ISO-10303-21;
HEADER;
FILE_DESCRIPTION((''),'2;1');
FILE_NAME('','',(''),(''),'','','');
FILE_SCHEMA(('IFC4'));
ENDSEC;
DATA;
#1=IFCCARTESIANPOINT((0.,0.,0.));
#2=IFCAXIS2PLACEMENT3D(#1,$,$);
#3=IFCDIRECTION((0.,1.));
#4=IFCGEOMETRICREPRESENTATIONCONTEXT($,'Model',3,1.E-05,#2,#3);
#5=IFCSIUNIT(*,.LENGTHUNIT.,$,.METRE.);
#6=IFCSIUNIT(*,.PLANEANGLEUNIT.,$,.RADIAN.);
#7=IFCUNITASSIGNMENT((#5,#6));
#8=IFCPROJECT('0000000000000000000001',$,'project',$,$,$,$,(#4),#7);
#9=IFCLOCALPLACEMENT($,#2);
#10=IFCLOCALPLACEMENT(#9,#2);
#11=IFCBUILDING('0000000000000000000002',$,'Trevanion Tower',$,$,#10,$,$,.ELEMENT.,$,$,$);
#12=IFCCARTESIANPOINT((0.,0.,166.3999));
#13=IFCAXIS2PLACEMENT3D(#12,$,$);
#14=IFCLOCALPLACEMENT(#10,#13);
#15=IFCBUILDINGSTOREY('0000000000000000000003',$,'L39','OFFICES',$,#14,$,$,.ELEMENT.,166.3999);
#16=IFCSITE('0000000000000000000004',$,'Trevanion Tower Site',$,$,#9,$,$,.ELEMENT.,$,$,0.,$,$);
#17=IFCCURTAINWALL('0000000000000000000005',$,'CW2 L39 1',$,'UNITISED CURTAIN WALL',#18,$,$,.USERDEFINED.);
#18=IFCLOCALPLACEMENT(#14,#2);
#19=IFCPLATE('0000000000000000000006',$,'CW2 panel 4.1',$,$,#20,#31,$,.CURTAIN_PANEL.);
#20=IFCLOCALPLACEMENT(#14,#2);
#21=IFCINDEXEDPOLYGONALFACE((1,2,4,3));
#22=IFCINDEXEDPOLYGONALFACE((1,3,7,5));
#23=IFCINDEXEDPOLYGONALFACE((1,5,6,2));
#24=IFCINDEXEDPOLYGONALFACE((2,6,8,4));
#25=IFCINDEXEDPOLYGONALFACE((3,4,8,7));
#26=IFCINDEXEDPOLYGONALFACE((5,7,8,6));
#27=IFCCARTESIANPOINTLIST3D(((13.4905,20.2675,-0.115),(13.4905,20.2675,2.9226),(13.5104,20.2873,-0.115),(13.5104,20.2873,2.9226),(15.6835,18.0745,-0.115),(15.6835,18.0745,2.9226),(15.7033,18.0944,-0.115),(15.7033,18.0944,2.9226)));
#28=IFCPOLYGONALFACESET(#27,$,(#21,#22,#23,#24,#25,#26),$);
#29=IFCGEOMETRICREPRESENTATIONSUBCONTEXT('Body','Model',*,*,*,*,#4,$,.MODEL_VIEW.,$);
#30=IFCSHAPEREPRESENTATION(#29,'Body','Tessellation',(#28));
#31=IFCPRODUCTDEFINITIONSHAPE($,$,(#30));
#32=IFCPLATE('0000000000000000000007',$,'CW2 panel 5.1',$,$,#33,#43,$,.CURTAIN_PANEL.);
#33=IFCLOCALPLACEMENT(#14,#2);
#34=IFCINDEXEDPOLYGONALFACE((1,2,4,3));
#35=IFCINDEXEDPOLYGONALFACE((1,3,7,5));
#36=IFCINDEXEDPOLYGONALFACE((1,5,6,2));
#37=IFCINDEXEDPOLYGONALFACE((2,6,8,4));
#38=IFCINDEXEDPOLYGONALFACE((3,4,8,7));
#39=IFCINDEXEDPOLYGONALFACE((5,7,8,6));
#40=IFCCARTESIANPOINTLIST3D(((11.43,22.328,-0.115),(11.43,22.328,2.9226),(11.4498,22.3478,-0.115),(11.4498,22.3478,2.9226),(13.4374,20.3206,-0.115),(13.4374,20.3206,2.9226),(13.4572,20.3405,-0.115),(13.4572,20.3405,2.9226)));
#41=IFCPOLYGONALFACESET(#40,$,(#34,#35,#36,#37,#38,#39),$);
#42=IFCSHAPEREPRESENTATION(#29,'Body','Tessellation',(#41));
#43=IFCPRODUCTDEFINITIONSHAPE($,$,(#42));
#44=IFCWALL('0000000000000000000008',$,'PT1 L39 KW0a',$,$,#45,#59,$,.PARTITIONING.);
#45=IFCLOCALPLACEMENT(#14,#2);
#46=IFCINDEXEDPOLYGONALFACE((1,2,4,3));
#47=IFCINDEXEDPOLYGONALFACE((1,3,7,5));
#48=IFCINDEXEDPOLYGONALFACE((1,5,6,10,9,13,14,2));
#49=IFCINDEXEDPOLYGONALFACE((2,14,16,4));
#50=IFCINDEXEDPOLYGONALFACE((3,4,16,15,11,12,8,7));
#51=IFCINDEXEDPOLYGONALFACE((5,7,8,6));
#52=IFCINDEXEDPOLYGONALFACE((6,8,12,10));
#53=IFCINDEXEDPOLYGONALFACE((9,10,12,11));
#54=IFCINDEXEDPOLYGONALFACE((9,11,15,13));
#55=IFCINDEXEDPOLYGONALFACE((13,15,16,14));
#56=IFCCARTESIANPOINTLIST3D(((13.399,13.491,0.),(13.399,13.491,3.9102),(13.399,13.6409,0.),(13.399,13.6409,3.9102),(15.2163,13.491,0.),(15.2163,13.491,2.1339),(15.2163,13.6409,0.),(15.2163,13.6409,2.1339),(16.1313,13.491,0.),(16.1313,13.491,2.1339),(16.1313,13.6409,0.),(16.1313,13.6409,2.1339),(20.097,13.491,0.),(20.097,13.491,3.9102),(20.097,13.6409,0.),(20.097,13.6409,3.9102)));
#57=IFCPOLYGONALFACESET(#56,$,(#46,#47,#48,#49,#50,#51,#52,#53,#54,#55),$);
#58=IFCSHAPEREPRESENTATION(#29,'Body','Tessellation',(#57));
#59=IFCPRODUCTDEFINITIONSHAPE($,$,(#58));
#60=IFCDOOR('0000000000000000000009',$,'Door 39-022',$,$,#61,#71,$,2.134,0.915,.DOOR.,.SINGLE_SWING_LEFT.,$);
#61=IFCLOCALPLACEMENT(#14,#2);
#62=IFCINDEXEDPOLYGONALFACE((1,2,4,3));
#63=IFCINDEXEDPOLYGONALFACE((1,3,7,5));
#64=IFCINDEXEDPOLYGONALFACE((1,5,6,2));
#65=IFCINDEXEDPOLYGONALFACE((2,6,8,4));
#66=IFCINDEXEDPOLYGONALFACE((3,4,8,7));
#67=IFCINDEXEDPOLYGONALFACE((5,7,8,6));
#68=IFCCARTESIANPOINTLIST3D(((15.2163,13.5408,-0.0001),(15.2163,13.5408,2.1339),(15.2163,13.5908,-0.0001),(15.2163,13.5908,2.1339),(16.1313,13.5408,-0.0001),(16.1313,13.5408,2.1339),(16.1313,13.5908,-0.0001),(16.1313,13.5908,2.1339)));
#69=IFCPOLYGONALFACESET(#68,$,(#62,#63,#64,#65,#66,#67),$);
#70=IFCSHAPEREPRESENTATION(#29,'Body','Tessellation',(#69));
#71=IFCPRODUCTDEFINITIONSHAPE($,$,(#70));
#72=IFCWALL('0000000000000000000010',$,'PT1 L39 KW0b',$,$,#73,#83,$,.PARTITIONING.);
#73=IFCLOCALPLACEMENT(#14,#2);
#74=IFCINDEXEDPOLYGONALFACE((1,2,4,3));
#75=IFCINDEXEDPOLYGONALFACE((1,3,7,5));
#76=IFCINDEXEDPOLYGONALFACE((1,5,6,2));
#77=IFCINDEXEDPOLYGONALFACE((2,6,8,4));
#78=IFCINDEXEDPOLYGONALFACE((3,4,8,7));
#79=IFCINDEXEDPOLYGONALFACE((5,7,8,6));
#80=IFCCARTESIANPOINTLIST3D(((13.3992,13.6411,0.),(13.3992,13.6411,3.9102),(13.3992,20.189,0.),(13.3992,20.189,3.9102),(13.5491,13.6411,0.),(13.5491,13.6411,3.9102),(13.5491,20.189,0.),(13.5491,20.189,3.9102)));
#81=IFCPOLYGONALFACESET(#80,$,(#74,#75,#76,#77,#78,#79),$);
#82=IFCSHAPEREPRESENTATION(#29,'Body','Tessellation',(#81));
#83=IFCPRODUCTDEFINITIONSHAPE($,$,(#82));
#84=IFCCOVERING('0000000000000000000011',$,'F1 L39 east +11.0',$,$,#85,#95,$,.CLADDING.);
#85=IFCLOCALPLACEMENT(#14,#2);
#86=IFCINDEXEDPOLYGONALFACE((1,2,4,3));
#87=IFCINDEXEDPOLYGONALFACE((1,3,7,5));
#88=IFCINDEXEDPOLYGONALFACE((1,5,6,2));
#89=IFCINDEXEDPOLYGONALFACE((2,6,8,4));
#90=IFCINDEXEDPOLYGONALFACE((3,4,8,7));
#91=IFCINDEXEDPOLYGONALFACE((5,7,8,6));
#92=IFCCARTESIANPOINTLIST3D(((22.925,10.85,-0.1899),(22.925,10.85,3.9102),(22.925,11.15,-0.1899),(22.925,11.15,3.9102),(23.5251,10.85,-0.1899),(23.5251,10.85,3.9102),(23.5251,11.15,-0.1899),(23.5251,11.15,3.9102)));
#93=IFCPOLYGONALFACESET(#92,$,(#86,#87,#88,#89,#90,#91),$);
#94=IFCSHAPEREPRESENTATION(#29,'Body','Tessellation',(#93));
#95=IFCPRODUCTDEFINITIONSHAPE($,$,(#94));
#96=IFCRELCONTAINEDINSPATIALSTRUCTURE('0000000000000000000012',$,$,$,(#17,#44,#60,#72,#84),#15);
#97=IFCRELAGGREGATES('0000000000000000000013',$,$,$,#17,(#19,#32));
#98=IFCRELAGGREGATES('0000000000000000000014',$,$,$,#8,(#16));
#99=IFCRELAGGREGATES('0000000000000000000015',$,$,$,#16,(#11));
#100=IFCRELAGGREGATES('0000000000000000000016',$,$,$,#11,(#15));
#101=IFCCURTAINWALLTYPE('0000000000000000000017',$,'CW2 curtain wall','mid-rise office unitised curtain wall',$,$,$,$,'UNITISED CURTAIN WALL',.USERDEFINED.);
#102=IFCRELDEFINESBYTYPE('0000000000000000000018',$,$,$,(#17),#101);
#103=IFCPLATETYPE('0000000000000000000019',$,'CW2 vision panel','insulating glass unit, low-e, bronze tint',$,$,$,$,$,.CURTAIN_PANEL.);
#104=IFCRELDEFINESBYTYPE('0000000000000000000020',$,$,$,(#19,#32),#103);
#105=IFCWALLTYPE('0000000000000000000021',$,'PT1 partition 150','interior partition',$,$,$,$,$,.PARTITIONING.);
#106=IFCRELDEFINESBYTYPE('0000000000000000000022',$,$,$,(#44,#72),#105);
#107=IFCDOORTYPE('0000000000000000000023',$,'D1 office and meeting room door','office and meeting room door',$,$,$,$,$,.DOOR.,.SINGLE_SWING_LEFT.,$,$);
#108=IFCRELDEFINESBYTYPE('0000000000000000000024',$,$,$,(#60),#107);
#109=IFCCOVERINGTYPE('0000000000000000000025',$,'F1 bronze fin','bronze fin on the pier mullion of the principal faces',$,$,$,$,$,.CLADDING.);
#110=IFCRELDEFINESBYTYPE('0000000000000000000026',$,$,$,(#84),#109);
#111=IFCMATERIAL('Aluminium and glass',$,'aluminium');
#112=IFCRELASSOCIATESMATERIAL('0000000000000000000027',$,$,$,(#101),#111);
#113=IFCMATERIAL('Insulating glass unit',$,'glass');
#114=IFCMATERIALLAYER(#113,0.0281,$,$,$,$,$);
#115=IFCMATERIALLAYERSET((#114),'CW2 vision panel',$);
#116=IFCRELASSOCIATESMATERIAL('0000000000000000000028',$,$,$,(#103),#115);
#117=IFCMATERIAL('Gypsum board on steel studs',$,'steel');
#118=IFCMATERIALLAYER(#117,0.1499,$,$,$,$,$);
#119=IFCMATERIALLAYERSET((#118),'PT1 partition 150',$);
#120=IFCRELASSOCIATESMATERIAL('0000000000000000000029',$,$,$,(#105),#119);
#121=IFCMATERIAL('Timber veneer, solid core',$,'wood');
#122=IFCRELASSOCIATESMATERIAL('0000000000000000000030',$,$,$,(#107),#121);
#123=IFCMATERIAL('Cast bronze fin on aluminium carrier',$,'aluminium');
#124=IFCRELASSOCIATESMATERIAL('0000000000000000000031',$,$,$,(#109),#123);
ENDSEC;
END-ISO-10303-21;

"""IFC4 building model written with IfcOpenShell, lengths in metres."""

from ifc_helpers import new_model, si_unit, direction, frame, frame_2d, origin, origin_2d, place, context, subcontext, project, spatial, rectangle, extrude, material, layer, layer_set, type_object, element, fill, aggregate, save


model = new_model("IFC4")

# Units and contexts
model_context = context("Model", 3, precision=1e-05, world=origin(), true_north=direction((0.0, 1.0)))
body_context = subcontext(model_context, "Body", "Model", "MODEL_VIEW")
ifc_project = project(units=[si_unit("LENGTHUNIT", "METRE"), si_unit("PLANEANGLEUNIT", "RADIAN")], contexts=[model_context])

# Site, building, storey
site_placement = place(None, origin())
site = spatial("IfcSite", under=ifc_project, at=site_placement, Name="Trevanion Tower Site", CompositionType="ELEMENT", RefElevation=0.0)
building_placement = place(site_placement, origin())
building = spatial("IfcBuilding", under=site, at=building_placement, Name="Trevanion Tower", CompositionType="ELEMENT")
storey_placement = place(building_placement, frame((0.0, 0.0, 166.3999)))
storey = spatial("IfcBuildingStorey", under=building, at=storey_placement, Name="L39", Description="OFFICES", CompositionType="ELEMENT", Elevation=166.3999)

# Curtain wall
ifc_material_1 = material(Name="Aluminium and glass", Category="aluminium")
curtain_wall_type = type_object("IfcCurtainWallType", Name="CW2 curtain wall", Description="mid-rise office unitised curtain wall", ElementType="UNITISED CURTAIN WALL", PredefinedType="USERDEFINED", material=ifc_material_1)
curtain_wall_1_placement = place(storey_placement, origin())
curtain_wall_1 = element("IfcCurtainWall", 1, at=curtain_wall_1_placement, inside=storey, type_object=curtain_wall_type, Name="CW2 L39 1", ObjectType="UNITISED CURTAIN WALL", PredefinedType="USERDEFINED")

# Plates
ifc_material_2 = material(Name="Insulating glass unit", Category="glass")
ifc_layer_1 = layer(ifc_material_2, 0.0281)
ifc_layer_set_1 = layer_set([ifc_layer_1], Name="CW2 vision panel")
plate_type_1 = type_object("IfcPlateType", Name="CW2 vision panel", Description="insulating glass unit, low-e, bronze tint", PredefinedType="CURTAIN_PANEL", material=ifc_layer_set_1)
plate_1_placement = place(storey_placement, frame((14.5969, 19.1809, -0.115), z_axis=(0.0, 0.0, 1.0), x_axis=(-0.707107, 0.707107, 0.0)))
plate_1 = element("IfcPlate", 2, at=plate_1_placement, type_object=plate_type_1, Name="CW2 panel 4.1", PredefinedType="CURTAIN_PANEL", context=body_context, shape_type="SweptSolid", body=[
    extrude(rectangle(XDim=3.1013, YDim=0.0281, at=origin_2d()), origin(), (0.0, 0.0, 1.0), 3.0376),
])
plate_2_placement = place(storey_placement, frame((12.4436, 21.3342, -0.115), z_axis=(0.0, 0.0, 1.0), x_axis=(-0.707107, 0.707107, 0.0)))
plate_2 = element("IfcPlate", 3, at=plate_2_placement, type_object=plate_type_1, Name="CW2 panel 5.1", PredefinedType="CURTAIN_PANEL", context=body_context, shape_type="SweptSolid", body=[
    extrude(rectangle(XDim=2.8389, YDim=0.0281, at=origin_2d()), origin(), (0.0, 0.0, 1.0), 3.0376),
])
aggregate(curtain_wall_1, [plate_1, plate_2])

# Wall, opening, door
ifc_material_3 = material(Name="Gypsum board on steel studs", Category="steel")
ifc_layer_2 = layer(ifc_material_3, 0.1499)
ifc_layer_set_2 = layer_set([ifc_layer_2], Name="PT1 partition 150")
wall_type = type_object("IfcWallType", Name="PT1 partition 150", Description="interior partition", PredefinedType="PARTITIONING", material=ifc_layer_set_2)
wall_1_placement = place(storey_placement, frame((13.3989, 13.5659, 0.0), z_axis=(0.0, 0.0, 1.0), x_axis=(1.0, 0.0, 0.0)))
wall_1 = element("IfcWall", 4, at=wall_1_placement, inside=storey, type_object=wall_type, Name="PT1 L39 KW0a", PredefinedType="PARTITIONING", context=body_context, shape_type="SweptSolid", body=[
    extrude(rectangle(XDim=6.698, YDim=0.1499, at=frame_2d((3.3491, 0.0))), origin(), (0.0, 0.0, 1.0), 3.9102),
])
opening_placement = place(wall_1_placement, frame((1.8174, 0.0, 0.0)))
opening = element("IfcOpeningElement", 5, at=opening_placement, cuts=wall_1, PredefinedType="OPENING", context=body_context, shape_type="SweptSolid", body=[
    extrude(rectangle(XDim=0.915, YDim=2.134, at=frame_2d((0.4575, 1.0669))), frame((0.0, 0.085, 0.0), z_axis=(0.0, -1.0, 0.0), x_axis=(1.0, 0.0, 0.0)), (0.0, 0.0, 1.0), 0.1699),
])
ifc_material_4 = material(Name="Timber veneer, solid core", Category="wood")
door_type = type_object("IfcDoorType", Name="D1 office and meeting room door", Description="office and meeting room door", OperationType="SINGLE_SWING_LEFT", PredefinedType="DOOR", material=ifc_material_4)
door_placement = place(opening_placement, origin())
door = element("IfcDoor", 6, at=door_placement, inside=storey, type_object=door_type, Name="Door 39-022", OperationType="SINGLE_SWING_LEFT", OverallHeight=2.134, OverallWidth=0.915, PredefinedType="DOOR", context=body_context, shape_type="SweptSolid", body=[
    extrude(rectangle(XDim=0.915, YDim=2.134, at=frame_2d((0.4575, 1.0669))), frame((0.0, 0.0249, 0.0), z_axis=(0.0, -1.0, 0.0), x_axis=(1.0, 0.0, 0.0)), (0.0, 0.0, 1.0), 0.05),
])
fill(opening, door)

# Wall
wall_2_placement = place(storey_placement, frame((13.4741, 13.6411, 0.0), z_axis=(0.0, 0.0, 1.0), x_axis=(0.0, 1.0, 0.0)))
element("IfcWall", 7, at=wall_2_placement, inside=storey, type_object=wall_type, Name="PT1 L39 KW0b", PredefinedType="PARTITIONING", context=body_context, shape_type="SweptSolid", body=[
    extrude(rectangle(XDim=6.5479, YDim=0.1499, at=frame_2d((3.2739, 0.0))), origin(), (0.0, 0.0, 1.0), 3.9102),
])

# Covering
ifc_material_5 = material(Name="Cast bronze fin on aluminium carrier", Category="aluminium")
covering_type = type_object("IfcCoveringType", Name="F1 bronze fin", Description="bronze fin on the pier mullion of the principal faces", PredefinedType="CLADDING", material=ifc_material_5)
covering_placement = place(storey_placement, frame((23.2251, 11.0, -0.1899), z_axis=(0.0, 0.0, 1.0), x_axis=(0.0, 1.0, 0.0)))
element("IfcCovering", 8, at=covering_placement, inside=storey, type_object=covering_type, Name="F1 L39 east +11.0", PredefinedType="CLADDING", context=body_context, shape_type="SweptSolid", body=[
    extrude(rectangle(XDim=0.3, YDim=0.6001, at=origin_2d()), origin(), (0.0, 0.0, 1.0), 4.1001),
])

save(model, "model.ifc")
